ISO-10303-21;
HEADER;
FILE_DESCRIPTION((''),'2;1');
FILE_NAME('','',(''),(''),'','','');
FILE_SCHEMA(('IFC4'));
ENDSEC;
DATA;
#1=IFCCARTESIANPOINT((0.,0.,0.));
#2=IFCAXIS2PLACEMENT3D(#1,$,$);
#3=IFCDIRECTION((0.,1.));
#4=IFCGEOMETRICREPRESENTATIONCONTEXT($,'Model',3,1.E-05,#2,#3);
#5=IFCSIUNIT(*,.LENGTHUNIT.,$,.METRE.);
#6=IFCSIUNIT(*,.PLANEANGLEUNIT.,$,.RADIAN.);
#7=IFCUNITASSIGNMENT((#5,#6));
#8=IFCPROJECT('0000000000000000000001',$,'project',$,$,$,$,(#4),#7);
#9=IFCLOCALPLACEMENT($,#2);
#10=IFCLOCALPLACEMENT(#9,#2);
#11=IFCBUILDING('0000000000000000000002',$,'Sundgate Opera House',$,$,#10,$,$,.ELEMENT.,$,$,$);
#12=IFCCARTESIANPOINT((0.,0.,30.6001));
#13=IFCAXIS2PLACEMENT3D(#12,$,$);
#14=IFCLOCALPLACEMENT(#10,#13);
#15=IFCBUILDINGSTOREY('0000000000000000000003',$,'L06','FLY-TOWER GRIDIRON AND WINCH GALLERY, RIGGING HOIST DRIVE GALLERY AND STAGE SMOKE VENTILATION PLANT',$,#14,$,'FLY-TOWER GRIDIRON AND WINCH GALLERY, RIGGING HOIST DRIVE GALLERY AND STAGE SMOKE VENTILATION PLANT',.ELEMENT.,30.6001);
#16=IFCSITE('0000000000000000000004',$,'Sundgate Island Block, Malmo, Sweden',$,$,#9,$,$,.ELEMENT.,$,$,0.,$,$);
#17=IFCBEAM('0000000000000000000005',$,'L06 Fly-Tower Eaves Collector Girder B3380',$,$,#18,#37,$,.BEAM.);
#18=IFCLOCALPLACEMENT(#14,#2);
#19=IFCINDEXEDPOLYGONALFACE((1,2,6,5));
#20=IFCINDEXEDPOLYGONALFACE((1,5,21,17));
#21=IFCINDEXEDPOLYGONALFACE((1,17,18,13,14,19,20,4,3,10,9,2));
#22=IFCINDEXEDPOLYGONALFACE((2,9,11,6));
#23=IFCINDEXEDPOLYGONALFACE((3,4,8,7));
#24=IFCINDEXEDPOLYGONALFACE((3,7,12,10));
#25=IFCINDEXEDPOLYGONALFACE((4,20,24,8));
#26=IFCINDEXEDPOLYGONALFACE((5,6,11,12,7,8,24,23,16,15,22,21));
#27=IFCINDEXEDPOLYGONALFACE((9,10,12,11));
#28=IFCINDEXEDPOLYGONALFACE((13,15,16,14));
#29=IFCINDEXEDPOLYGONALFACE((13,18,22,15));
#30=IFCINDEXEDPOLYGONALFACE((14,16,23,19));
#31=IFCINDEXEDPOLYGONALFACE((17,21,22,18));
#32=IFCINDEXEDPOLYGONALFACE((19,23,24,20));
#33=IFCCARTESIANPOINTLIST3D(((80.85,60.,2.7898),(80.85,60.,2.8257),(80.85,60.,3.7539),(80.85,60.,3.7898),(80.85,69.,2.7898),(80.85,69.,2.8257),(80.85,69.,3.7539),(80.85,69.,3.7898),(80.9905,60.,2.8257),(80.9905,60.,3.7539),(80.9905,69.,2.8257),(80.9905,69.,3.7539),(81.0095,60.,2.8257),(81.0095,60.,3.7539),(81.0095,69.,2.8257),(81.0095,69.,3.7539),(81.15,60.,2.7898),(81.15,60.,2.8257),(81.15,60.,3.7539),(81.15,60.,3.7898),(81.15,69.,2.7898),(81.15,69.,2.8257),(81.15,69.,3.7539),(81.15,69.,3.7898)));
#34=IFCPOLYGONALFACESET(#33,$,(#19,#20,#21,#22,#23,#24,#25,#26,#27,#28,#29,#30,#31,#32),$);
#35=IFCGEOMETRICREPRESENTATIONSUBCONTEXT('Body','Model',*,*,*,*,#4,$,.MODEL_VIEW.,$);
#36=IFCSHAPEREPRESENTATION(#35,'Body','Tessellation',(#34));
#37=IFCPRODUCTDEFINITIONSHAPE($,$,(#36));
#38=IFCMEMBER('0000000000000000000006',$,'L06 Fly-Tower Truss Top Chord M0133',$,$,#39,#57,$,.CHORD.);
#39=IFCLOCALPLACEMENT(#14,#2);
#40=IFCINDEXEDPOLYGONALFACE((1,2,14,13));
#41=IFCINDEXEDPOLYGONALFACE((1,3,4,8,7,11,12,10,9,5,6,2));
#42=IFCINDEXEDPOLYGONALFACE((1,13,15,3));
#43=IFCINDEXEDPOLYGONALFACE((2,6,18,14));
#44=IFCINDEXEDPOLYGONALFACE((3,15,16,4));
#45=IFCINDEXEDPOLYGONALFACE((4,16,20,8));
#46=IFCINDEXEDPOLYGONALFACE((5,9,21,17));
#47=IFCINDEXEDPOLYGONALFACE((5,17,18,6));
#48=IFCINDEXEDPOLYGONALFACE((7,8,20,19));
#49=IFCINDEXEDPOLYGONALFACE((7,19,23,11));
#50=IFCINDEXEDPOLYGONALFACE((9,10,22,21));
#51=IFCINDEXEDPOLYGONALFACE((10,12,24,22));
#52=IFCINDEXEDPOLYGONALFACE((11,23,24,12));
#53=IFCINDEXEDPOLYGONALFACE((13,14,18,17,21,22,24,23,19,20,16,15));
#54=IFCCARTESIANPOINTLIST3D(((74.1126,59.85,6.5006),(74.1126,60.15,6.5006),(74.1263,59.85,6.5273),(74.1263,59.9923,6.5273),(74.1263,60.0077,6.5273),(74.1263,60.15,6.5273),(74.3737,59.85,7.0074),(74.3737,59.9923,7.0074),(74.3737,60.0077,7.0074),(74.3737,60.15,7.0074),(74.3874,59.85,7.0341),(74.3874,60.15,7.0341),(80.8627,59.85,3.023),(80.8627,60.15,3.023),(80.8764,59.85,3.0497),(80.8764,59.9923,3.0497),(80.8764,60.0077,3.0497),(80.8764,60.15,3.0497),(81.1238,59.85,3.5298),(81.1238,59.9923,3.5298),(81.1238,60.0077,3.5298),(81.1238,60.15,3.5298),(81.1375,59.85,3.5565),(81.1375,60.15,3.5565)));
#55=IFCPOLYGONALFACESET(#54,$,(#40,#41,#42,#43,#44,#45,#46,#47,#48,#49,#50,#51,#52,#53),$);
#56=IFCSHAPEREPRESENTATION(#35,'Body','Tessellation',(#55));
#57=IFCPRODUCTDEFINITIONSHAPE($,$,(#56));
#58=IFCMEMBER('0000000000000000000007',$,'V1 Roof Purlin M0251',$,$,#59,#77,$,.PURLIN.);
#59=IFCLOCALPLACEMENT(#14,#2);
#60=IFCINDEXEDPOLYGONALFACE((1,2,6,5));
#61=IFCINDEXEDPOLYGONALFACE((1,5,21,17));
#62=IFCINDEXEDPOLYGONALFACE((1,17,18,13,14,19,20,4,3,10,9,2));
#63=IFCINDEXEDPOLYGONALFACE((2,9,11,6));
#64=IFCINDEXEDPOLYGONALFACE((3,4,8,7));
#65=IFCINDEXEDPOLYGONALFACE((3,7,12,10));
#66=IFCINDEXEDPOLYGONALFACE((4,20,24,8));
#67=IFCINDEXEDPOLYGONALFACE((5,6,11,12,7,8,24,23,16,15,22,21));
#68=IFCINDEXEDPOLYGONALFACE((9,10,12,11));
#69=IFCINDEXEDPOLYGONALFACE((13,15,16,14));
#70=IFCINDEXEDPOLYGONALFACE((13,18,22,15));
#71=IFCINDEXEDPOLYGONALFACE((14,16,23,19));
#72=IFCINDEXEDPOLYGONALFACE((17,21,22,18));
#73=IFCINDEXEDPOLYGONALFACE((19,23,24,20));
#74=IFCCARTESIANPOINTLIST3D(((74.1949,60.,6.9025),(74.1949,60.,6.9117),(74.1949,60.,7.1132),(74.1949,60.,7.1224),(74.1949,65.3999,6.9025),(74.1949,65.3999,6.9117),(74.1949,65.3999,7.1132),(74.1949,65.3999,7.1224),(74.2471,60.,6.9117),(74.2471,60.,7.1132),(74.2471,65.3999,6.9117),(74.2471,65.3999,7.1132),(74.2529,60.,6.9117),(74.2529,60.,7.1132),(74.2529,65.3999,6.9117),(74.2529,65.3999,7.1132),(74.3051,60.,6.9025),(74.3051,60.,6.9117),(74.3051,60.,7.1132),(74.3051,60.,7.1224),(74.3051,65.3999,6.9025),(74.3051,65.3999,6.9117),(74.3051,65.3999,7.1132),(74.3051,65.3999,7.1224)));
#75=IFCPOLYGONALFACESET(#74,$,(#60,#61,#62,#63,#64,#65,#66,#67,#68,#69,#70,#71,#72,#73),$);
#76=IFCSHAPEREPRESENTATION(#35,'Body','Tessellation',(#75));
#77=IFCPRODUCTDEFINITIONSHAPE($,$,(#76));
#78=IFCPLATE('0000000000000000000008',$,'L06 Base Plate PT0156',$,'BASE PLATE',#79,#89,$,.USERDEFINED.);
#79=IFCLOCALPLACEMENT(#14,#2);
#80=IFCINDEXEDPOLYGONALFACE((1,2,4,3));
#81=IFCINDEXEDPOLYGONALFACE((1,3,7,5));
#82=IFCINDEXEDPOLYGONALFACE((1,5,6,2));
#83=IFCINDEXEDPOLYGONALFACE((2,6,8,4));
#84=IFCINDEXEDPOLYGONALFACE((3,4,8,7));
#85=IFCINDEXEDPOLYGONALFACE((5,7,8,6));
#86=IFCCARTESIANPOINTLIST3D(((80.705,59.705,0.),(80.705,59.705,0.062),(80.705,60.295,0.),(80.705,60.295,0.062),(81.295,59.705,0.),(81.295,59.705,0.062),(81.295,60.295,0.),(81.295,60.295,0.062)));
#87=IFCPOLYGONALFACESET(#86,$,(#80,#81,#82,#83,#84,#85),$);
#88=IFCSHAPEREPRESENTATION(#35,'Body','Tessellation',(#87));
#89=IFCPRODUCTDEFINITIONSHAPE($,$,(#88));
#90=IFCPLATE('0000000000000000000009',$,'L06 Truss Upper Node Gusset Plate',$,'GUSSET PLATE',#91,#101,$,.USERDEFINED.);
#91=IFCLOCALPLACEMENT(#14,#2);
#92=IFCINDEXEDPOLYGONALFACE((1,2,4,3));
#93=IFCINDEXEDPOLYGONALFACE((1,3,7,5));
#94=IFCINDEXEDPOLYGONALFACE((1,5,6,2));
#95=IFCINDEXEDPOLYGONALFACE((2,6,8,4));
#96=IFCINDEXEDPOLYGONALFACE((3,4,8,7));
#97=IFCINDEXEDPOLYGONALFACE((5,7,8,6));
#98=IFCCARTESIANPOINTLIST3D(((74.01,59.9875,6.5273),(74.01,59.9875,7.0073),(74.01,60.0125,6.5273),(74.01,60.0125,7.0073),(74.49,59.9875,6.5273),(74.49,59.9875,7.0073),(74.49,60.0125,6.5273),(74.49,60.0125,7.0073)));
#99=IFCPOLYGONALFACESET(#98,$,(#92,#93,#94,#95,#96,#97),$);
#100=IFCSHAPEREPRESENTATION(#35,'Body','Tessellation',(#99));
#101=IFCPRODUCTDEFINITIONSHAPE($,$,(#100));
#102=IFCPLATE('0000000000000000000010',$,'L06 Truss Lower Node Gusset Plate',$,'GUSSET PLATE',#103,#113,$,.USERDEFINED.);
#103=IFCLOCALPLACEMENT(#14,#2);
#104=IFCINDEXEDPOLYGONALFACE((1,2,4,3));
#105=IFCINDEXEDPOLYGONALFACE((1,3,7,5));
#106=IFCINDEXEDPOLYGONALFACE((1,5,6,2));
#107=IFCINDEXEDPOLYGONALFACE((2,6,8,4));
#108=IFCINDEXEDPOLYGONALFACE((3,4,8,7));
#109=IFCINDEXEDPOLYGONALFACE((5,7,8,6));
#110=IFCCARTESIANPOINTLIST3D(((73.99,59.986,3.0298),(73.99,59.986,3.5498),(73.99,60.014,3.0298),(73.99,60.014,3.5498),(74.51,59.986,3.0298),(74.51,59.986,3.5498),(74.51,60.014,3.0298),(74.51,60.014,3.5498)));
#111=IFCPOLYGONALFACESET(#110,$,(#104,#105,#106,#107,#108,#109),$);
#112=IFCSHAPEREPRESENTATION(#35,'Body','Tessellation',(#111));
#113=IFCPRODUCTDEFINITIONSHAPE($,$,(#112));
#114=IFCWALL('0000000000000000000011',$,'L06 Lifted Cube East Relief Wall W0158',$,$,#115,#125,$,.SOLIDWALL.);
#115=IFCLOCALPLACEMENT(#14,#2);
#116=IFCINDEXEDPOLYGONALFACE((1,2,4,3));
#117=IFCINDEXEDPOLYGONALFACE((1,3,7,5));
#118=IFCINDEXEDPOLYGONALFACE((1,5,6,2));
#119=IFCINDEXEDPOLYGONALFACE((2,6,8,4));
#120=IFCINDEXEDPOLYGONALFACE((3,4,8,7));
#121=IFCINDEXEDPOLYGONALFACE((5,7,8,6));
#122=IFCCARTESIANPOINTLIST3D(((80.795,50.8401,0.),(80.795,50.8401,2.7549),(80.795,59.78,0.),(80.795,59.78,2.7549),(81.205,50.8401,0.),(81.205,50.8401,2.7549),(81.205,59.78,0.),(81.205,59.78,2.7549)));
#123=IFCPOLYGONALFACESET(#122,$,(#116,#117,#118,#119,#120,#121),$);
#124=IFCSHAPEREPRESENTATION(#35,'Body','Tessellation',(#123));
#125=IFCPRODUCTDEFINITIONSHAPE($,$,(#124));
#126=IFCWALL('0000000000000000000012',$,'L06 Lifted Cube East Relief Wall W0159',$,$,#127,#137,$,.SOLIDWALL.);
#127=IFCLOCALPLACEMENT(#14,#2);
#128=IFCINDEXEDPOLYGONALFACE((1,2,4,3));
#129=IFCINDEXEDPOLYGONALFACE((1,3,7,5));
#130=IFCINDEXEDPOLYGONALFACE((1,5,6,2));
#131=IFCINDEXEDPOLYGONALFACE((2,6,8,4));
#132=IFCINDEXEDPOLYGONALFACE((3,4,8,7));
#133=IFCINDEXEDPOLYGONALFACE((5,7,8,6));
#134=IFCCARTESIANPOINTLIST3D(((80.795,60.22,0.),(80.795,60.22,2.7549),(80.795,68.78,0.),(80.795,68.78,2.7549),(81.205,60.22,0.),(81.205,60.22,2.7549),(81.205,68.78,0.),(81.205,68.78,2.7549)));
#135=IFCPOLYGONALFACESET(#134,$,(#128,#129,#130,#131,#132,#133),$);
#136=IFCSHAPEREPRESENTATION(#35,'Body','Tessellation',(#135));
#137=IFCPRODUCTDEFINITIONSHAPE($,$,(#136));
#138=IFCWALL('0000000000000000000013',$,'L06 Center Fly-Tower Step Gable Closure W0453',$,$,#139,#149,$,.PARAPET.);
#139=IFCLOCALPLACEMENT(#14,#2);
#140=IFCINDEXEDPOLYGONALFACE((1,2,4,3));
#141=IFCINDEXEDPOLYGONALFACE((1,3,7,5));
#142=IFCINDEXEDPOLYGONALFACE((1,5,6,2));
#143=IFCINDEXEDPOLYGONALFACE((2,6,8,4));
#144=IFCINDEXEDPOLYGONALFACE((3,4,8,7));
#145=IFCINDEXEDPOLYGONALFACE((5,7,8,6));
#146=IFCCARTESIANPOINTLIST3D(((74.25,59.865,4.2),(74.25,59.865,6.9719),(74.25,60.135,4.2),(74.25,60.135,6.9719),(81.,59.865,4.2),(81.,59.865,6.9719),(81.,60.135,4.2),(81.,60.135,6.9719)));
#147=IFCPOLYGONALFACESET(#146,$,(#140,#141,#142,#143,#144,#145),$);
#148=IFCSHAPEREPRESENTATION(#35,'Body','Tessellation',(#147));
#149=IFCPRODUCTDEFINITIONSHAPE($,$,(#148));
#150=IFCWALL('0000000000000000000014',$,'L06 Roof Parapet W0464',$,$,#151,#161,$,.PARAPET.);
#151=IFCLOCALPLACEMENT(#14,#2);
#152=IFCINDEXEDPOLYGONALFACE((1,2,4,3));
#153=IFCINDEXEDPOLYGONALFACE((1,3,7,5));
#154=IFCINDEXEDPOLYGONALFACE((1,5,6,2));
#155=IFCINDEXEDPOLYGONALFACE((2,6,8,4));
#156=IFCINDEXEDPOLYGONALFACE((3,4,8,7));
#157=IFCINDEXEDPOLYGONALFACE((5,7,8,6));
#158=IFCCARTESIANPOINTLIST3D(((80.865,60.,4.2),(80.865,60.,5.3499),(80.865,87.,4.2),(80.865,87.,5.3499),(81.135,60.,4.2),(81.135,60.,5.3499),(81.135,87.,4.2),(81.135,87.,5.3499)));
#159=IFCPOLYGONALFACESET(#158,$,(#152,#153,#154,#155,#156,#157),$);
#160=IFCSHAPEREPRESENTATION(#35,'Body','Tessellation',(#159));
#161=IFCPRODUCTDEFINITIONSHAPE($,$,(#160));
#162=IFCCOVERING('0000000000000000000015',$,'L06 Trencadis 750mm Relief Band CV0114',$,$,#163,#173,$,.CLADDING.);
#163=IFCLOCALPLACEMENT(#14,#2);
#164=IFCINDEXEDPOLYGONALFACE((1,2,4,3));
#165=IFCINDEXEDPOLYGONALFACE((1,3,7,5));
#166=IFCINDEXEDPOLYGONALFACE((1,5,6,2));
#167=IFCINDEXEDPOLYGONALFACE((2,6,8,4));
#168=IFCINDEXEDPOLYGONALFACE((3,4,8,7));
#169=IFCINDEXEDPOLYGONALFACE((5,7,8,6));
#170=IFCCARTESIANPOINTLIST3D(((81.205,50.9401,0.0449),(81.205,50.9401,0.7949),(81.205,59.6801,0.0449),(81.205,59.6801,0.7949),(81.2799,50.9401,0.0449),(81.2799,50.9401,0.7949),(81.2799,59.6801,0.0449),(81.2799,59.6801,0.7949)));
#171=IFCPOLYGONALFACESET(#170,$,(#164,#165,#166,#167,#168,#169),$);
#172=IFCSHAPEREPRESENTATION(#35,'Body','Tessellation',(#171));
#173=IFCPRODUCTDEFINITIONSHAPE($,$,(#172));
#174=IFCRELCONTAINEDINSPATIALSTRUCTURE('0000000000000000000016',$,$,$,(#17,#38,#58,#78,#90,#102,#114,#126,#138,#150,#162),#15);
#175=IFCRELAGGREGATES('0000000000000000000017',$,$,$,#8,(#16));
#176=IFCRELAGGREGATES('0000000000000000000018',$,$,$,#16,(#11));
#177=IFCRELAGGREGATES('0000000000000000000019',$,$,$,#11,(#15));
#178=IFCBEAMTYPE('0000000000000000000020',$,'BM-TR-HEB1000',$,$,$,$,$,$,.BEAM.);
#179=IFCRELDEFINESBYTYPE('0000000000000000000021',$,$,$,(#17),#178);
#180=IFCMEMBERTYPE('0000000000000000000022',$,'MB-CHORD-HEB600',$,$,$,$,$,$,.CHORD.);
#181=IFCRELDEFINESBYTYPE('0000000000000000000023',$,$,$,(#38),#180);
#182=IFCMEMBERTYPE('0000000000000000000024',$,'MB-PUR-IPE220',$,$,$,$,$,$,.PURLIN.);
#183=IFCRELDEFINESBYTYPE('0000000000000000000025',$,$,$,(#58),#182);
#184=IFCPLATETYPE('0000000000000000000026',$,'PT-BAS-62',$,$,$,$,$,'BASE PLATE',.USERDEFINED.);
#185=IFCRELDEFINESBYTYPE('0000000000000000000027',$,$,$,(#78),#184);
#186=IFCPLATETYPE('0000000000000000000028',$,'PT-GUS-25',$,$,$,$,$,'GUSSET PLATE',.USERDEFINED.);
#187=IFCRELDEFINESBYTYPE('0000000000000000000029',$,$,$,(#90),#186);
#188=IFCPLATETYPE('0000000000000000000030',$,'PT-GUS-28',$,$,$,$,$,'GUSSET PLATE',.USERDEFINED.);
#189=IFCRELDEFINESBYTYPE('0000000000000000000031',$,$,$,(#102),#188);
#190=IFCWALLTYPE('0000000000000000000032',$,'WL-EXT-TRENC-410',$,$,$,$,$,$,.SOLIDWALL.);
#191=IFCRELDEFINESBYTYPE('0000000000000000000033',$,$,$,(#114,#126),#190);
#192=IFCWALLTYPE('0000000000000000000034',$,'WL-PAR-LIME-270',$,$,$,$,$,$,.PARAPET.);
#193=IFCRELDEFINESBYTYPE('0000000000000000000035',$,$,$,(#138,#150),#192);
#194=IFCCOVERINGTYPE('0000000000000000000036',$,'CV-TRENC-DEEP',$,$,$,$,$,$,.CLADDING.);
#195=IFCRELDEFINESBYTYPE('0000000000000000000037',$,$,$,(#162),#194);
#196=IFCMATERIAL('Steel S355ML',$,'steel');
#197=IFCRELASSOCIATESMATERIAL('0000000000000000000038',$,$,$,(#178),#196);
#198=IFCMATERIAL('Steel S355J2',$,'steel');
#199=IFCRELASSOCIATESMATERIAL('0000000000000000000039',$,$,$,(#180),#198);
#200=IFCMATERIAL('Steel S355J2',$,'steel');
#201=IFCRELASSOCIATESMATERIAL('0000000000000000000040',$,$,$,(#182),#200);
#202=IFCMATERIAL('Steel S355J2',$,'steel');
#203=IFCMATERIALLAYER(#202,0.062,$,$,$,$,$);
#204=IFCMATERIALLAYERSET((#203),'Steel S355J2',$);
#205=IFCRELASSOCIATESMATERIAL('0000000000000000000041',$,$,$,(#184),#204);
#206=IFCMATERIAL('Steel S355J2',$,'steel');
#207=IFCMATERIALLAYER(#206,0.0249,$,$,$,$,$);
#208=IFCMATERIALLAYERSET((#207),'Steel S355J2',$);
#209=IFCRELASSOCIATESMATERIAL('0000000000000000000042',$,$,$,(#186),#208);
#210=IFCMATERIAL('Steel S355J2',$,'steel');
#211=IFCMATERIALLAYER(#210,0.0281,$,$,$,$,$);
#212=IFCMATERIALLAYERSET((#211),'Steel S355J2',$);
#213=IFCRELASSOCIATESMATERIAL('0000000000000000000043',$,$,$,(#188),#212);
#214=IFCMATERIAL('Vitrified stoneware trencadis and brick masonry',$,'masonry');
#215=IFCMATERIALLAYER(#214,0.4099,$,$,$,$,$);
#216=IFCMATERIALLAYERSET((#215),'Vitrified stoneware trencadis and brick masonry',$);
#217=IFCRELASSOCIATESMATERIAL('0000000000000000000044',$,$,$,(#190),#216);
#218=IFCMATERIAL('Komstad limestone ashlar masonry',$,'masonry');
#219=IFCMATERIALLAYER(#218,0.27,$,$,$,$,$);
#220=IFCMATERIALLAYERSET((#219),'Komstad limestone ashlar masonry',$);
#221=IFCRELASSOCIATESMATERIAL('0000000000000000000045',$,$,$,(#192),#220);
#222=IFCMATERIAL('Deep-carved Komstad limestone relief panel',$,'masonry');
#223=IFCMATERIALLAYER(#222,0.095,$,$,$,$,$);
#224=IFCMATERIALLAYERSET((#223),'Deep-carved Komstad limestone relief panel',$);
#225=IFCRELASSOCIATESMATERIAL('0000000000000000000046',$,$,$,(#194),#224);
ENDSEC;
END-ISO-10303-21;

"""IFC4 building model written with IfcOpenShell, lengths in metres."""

from ifc_helpers import new_model, si_unit, direction, frame, frame_2d, origin, origin_2d, place, context, subcontext, project, spatial, rectangle, i_section, extrude, material, layer, layer_set, material_profile, profile_set, type_object, element, save


model = new_model("IFC4")

# Units and contexts
model_context = context("Model", 3, precision=1e-05, world=origin(), true_north=direction((0.0, 1.0)))
body_context = subcontext(model_context, "Body", "Model", "MODEL_VIEW")
ifc_project = project(units=[si_unit("LENGTHUNIT", "METRE"), si_unit("PLANEANGLEUNIT", "RADIAN")], contexts=[model_context])

# Site, building, storey
site_placement = place(None, origin())
site = spatial("IfcSite", under=ifc_project, at=site_placement, Name="Sundgate Island Block, Malmo, Sweden", CompositionType="ELEMENT", RefElevation=0.0)
building_placement = place(site_placement, origin())
building = spatial("IfcBuilding", under=site, at=building_placement, Name="Sundgate Opera House", CompositionType="ELEMENT")
storey_placement = place(building_placement, frame((0.0, 0.0, 30.6001)))
storey = spatial("IfcBuildingStorey", under=building, at=storey_placement, Name="L06", Description="FLY-TOWER GRIDIRON AND WINCH GALLERY, RIGGING HOIST DRIVE GALLERY AND STAGE SMOKE VENTILATION PLANT", LongName="FLY-TOWER GRIDIRON AND WINCH GALLERY, RIGGING HOIST DRIVE GALLERY AND STAGE SMOKE VENTILATION PLANT", CompositionType="ELEMENT", Elevation=30.6001)

# Beam
ifc_material_1 = material(Name="Steel S355ML", Category="steel")
ifc_material_profile_1 = material_profile(ifc_material_1, i_section(OverallWidth=0.3, OverallDepth=1.0, WebThickness=0.019, FlangeThickness=0.0359, at=origin_2d()), Name="HEB 1000")
ifc_profile_set_1 = profile_set([ifc_material_profile_1], Name="Steel S355ML")
beam_type_1 = type_object("IfcBeamType", Name="BM-TR-HEB1000", PredefinedType="BEAM", material=ifc_profile_set_1)
beam_1_placement = place(storey_placement, frame((81.0, 60.0, 3.2898), z_axis=(0.0, 1.0, 0.0), x_axis=(-1.0, 0.0, 0.0)))
element("IfcBeam", 1, at=beam_1_placement, inside=storey, type_object=beam_type_1, Name="L06 Fly-Tower Eaves Collector Girder B3380", PredefinedType="BEAM", context=body_context, shape_type="SweptSolid", body=[
    extrude(i_section(OverallWidth=0.3, OverallDepth=1.0, WebThickness=0.019, FlangeThickness=0.0359, at=origin_2d()), origin(), (0.0, 0.0, 1.0), 9.0),
])

# Members
ifc_material_2 = material(Name="Steel S355J2", Category="steel")
ifc_material_profile_2 = material_profile(ifc_material_2, i_section(OverallWidth=0.3, OverallDepth=0.6001, WebThickness=0.0154, FlangeThickness=0.03, at=origin_2d()), Name="HEB 600")
ifc_profile_set_2 = profile_set([ifc_material_profile_2], Name="Steel S355J2")
member_type_1 = type_object("IfcMemberType", Name="MB-CHORD-HEB600", PredefinedType="CHORD", material=ifc_profile_set_2)
member_1_placement = place(storey_placement, frame((74.25, 60.0, 6.7673), z_axis=(0.88896, 0.0, -0.457984), x_axis=(0.0, 1.0, 0.0)))
element("IfcMember", 2, at=member_1_placement, inside=storey, type_object=member_type_1, Name="L06 Fly-Tower Truss Top Chord M0133", PredefinedType="CHORD", context=body_context, shape_type="SweptSolid", body=[
    extrude(i_section(OverallWidth=0.3, OverallDepth=0.6001, WebThickness=0.0154, FlangeThickness=0.03, at=origin_2d()), origin(), (0.0, 0.0, 1.0), 7.5933),
])
ifc_material_3 = material(Name="Steel S355J2", Category="steel")
ifc_material_profile_3 = material_profile(ifc_material_3, i_section(OverallWidth=0.1101, OverallDepth=0.22, WebThickness=0.0059, FlangeThickness=0.0093, at=origin_2d()), Name="IPE 220")
ifc_profile_set_3 = profile_set([ifc_material_profile_3], Name="Steel S355J2")
member_type_2 = type_object("IfcMemberType", Name="MB-PUR-IPE220", PredefinedType="PURLIN", material=ifc_profile_set_3)
member_2_placement = place(storey_placement, frame((74.25, 60.0, 7.0125), z_axis=(0.0, 1.0, 0.0), x_axis=(-1.0, 0.0, 0.0)))
element("IfcMember", 3, at=member_2_placement, inside=storey, type_object=member_type_2, Name="V1 Roof Purlin M0251", PredefinedType="PURLIN", context=body_context, shape_type="SweptSolid", body=[
    extrude(i_section(OverallWidth=0.1101, OverallDepth=0.22, WebThickness=0.0059, FlangeThickness=0.0093, at=origin_2d()), origin(), (0.0, 0.0, 1.0), 5.3999),
])

# Plates
ifc_material_4 = material(Name="Steel S355J2", Category="steel")
ifc_layer_1 = layer(ifc_material_4, 0.062)
ifc_layer_set_1 = layer_set([ifc_layer_1], Name="Steel S355J2")
plate_type_1 = type_object("IfcPlateType", Name="PT-BAS-62", ElementType="BASE PLATE", PredefinedType="USERDEFINED", material=ifc_layer_set_1)
plate_1_placement = place(storey_placement, frame((81.0, 60.0, 0.0), z_axis=(0.0, 0.0, 1.0), x_axis=(1.0, 0.0, 0.0)))
element("IfcPlate", 4, at=plate_1_placement, inside=storey, type_object=plate_type_1, Name="L06 Base Plate PT0156", ObjectType="BASE PLATE", PredefinedType="USERDEFINED", context=body_context, shape_type="SweptSolid", body=[
    extrude(rectangle(XDim=0.5901, YDim=0.5901, at=origin_2d()), origin(), (0.0, 0.0, 1.0), 0.062),
])
ifc_material_5 = material(Name="Steel S355J2", Category="steel")
ifc_layer_2 = layer(ifc_material_5, 0.0249)
ifc_layer_set_2 = layer_set([ifc_layer_2], Name="Steel S355J2")
plate_type_2 = type_object("IfcPlateType", Name="PT-GUS-25", ElementType="GUSSET PLATE", PredefinedType="USERDEFINED", material=ifc_layer_set_2)
plate_2_placement = place(storey_placement, frame((74.25, 60.0, 6.5273), z_axis=(0.0, 0.0, 1.0), x_axis=(1.0, 0.0, 0.0)))
element("IfcPlate", 5, at=plate_2_placement, inside=storey, type_object=plate_type_2, Name="L06 Truss Upper Node Gusset Plate", ObjectType="GUSSET PLATE", PredefinedType="USERDEFINED", context=body_context, shape_type="SweptSolid", body=[
    extrude(rectangle(XDim=0.48, YDim=0.0249, at=origin_2d()), origin(), (0.0, 0.0, 1.0), 0.48),
])
ifc_material_6 = material(Name="Steel S355J2", Category="steel")
ifc_layer_3 = layer(ifc_material_6, 0.0281)
ifc_layer_set_3 = layer_set([ifc_layer_3], Name="Steel S355J2")
plate_type_3 = type_object("IfcPlateType", Name="PT-GUS-28", ElementType="GUSSET PLATE", PredefinedType="USERDEFINED", material=ifc_layer_set_3)
plate_3_placement = place(storey_placement, frame((74.25, 60.0, 3.0298), z_axis=(0.0, 0.0, 1.0), x_axis=(1.0, 0.0, 0.0)))
element("IfcPlate", 6, at=plate_3_placement, inside=storey, type_object=plate_type_3, Name="L06 Truss Lower Node Gusset Plate", ObjectType="GUSSET PLATE", PredefinedType="USERDEFINED", context=body_context, shape_type="SweptSolid", body=[
    extrude(rectangle(XDim=0.52, YDim=0.0281, at=origin_2d()), origin(), (0.0, 0.0, 1.0), 0.52),
])

# Walls
ifc_material_7 = material(Name="Vitrified stoneware trencadis and brick masonry", Category="masonry")
ifc_layer_4 = layer(ifc_material_7, 0.4099)
ifc_layer_set_4 = layer_set([ifc_layer_4], Name="Vitrified stoneware trencadis and brick masonry")
wall_type_1 = type_object("IfcWallType", Name="WL-EXT-TRENC-410", PredefinedType="SOLIDWALL", material=ifc_layer_set_4)
wall_1_placement = place(storey_placement, frame((81.0, 50.8401, 0.0), z_axis=(0.0, 0.0, 1.0), x_axis=(0.0, 1.0, 0.0)))
element("IfcWall", 7, at=wall_1_placement, inside=storey, type_object=wall_type_1, Name="L06 Lifted Cube East Relief Wall W0158", PredefinedType="SOLIDWALL", context=body_context, shape_type="SweptSolid", body=[
    extrude(rectangle(XDim=8.9399, YDim=0.4099, at=frame_2d((4.47, 0.0))), origin(), (0.0, 0.0, 1.0), 2.7549),
])
wall_2_placement = place(storey_placement, frame((81.0, 60.22, 0.0), z_axis=(0.0, 0.0, 1.0), x_axis=(0.0, 1.0, 0.0)))
element("IfcWall", 8, at=wall_2_placement, inside=storey, type_object=wall_type_1, Name="L06 Lifted Cube East Relief Wall W0159", PredefinedType="SOLIDWALL", context=body_context, shape_type="SweptSolid", body=[
    extrude(rectangle(XDim=8.5601, YDim=0.4099, at=frame_2d((4.28, 0.0))), origin(), (0.0, 0.0, 1.0), 2.7549),
])
ifc_material_8 = material(Name="Komstad limestone ashlar masonry", Category="masonry")
ifc_layer_5 = layer(ifc_material_8, 0.27)
ifc_layer_set_5 = layer_set([ifc_layer_5], Name="Komstad limestone ashlar masonry")
wall_type_2 = type_object("IfcWallType", Name="WL-PAR-LIME-270", PredefinedType="PARAPET", material=ifc_layer_set_5)
wall_3_placement = place(storey_placement, frame((74.25, 60.0, 4.2), z_axis=(0.0, 0.0, 1.0), x_axis=(1.0, 0.0, 0.0)))
element("IfcWall", 9, at=wall_3_placement, inside=storey, type_object=wall_type_2, Name="L06 Center Fly-Tower Step Gable Closure W0453", PredefinedType="PARAPET", context=body_context, shape_type="SweptSolid", body=[
    extrude(rectangle(XDim=6.75, YDim=0.27, at=frame_2d((3.375, 0.0))), origin(), (0.0, 0.0, 1.0), 2.772),
])
wall_4_placement = place(storey_placement, frame((81.0, 60.0, 4.2), z_axis=(0.0, 0.0, 1.0), x_axis=(0.0, 1.0, 0.0)))
element("IfcWall", 10, at=wall_4_placement, inside=storey, type_object=wall_type_2, Name="L06 Roof Parapet W0464", PredefinedType="PARAPET", context=body_context, shape_type="SweptSolid", body=[
    extrude(rectangle(XDim=27.0, YDim=0.27, at=frame_2d((13.5, 0.0))), origin(), (0.0, 0.0, 1.0), 1.1499),
])

# Covering
ifc_material_9 = material(Name="Deep-carved Komstad limestone relief panel", Category="masonry")
ifc_layer_6 = layer(ifc_material_9, 0.095)
ifc_layer_set_6 = layer_set([ifc_layer_6], Name="Deep-carved Komstad limestone relief panel")
covering_type_1 = type_object("IfcCoveringType", Name="CV-TRENC-DEEP", PredefinedType="CLADDING", material=ifc_layer_set_6)
covering_1_placement = place(storey_placement, frame((81.2424, 55.3101, 0.0449), z_axis=(0.0, 0.0, 1.0), x_axis=(0.0, 1.0, 0.0)))
element("IfcCovering", 11, at=covering_1_placement, inside=storey, type_object=covering_type_1, Name="L06 Trencadis 750mm Relief Band CV0114", PredefinedType="CLADDING", context=body_context, shape_type="SweptSolid", body=[
    extrude(rectangle(XDim=8.74, YDim=0.075, at=origin_2d()), origin(), (0.0, 0.0, 1.0), 0.75),
])

save(model, "model.ifc")
